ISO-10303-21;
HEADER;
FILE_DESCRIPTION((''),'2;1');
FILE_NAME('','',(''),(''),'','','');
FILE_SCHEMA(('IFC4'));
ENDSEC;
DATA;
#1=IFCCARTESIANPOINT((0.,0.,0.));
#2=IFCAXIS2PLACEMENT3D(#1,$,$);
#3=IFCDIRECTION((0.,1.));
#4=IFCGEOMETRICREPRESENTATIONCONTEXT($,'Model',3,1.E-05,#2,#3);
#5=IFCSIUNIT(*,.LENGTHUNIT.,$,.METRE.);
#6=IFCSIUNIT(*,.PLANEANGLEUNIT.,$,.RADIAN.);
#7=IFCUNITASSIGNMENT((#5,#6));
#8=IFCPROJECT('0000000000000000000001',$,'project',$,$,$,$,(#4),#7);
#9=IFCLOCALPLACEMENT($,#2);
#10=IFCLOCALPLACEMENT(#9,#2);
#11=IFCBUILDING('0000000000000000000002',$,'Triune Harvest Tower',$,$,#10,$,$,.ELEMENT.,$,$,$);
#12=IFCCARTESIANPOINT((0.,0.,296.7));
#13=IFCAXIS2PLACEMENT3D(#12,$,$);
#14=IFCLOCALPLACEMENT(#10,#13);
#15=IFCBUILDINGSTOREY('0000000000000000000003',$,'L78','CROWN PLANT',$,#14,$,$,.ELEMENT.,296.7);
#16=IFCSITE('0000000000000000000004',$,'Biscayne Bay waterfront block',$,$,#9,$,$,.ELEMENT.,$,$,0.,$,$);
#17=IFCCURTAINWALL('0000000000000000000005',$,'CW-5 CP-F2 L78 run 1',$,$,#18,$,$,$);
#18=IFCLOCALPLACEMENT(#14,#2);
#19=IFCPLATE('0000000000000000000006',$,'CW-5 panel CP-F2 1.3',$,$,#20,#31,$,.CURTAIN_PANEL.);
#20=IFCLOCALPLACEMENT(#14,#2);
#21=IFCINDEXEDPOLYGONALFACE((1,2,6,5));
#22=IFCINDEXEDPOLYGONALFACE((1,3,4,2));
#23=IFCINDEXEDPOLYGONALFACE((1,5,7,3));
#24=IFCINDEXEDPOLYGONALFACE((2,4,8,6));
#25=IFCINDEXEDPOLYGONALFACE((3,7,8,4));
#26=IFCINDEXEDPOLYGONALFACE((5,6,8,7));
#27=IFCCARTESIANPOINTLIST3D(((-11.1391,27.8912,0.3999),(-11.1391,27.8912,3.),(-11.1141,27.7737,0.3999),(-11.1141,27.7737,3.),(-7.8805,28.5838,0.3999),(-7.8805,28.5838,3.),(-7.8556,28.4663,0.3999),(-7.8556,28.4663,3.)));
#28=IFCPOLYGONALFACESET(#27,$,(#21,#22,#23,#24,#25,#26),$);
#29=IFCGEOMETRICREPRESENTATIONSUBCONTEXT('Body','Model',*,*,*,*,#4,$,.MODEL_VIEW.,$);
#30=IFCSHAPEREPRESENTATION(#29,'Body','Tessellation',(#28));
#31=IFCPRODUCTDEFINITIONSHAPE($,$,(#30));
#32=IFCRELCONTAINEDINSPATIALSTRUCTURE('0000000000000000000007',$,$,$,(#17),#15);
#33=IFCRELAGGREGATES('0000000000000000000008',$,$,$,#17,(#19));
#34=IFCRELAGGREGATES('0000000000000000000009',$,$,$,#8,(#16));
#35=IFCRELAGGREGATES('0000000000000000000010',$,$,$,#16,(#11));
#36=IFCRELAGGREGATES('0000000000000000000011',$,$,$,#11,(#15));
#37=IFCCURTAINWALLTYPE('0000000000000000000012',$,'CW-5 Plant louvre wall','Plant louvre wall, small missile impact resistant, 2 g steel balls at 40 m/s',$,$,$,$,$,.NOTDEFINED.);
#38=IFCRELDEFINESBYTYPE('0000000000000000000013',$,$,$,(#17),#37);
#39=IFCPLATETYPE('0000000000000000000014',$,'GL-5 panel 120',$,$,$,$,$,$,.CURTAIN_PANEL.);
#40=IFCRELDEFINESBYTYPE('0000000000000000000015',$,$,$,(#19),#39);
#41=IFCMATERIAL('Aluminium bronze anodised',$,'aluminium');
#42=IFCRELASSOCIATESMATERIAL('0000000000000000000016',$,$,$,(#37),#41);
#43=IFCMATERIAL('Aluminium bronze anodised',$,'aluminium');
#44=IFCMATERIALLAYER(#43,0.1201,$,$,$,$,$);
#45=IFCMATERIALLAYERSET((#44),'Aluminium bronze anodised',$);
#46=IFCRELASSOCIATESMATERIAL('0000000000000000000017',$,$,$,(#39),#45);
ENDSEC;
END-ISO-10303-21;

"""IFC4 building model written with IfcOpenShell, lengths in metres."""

from ifc_helpers import new_model, si_unit, direction, frame, origin, origin_2d, place, context, subcontext, project, spatial, rectangle, extrude, source, transform, mapped, material, layer, layer_set, type_object, element, aggregate, save


model = new_model("IFC4")

# Units and contexts
model_context = context("Model", 3, precision=1e-05, world=origin(), true_north=direction((0.0, 1.0)))
body_context = subcontext(model_context, "Body", "Model", "MODEL_VIEW")
ifc_project = project(units=[si_unit("LENGTHUNIT", "METRE"), si_unit("PLANEANGLEUNIT", "RADIAN")], contexts=[model_context])

# Site, building, storey
site_placement = place(None, origin())
site = spatial("IfcSite", under=ifc_project, at=site_placement, Name="Biscayne Bay waterfront block", CompositionType="ELEMENT", RefElevation=0.0)
building_placement = place(site_placement, origin())
building = spatial("IfcBuilding", under=site, at=building_placement, Name="Triune Harvest Tower", CompositionType="ELEMENT")
storey_placement = place(building_placement, frame((0.0, 0.0, 296.7)))
storey = spatial("IfcBuildingStorey", under=building, at=storey_placement, Name="L78", Description="CROWN PLANT", CompositionType="ELEMENT", Elevation=296.7)

# Shared definitions
ifc_material_1 = material(Name="Aluminium bronze anodised", Category="aluminium")
curtain_wall_type = type_object("IfcCurtainWallType", Name="CW-5 Plant louvre wall", Description="Plant louvre wall, small missile impact resistant, 2 g steel balls at 40 m/s", PredefinedType="NOTDEFINED", material=ifc_material_1)

# Curtain wall
curtain_wall_1_placement = place(storey_placement, origin())
curtain_wall_1 = element("IfcCurtainWall", 1, at=curtain_wall_1_placement, inside=storey, type_object=curtain_wall_type, Name="CW-5 CP-F2 L78 run 1")

# Plate
ifc_material_2 = material(Name="Aluminium bronze anodised", Category="aluminium")
ifc_layer = layer(ifc_material_2, 0.1201)
ifc_layer_set = layer_set([ifc_layer], Name="Aluminium bronze anodised")
plate_type = type_object("IfcPlateType", Name="GL-5 panel 120", PredefinedType="CURTAIN_PANEL", material=ifc_layer_set)
shared_shape_1 = source(origin(), body_context, "Body", "SweptSolid", [
    extrude(rectangle(XDim=3.3313, YDim=0.1201, at=origin_2d()), origin(), (0.0, 0.0, 1.0), 2.6001),
])
plate_1_placement = place(storey_placement, frame((-9.4973, 28.1787, 0.3999), z_axis=(0.0, 0.0, 1.0), x_axis=(-0.978149, -0.207905, 0.0)))
plate_1 = element("IfcPlate", 2, at=plate_1_placement, type_object=plate_type, Name="CW-5 panel CP-F2 1.3", PredefinedType="CURTAIN_PANEL", context=body_context, shape_type="MappedRepresentation", body=[
    mapped(shared_shape_1, transform((0.0, 0.0, 0.0), scale=1.0)),
])
aggregate(curtain_wall_1, [plate_1])

save(model, "model.ifc")
